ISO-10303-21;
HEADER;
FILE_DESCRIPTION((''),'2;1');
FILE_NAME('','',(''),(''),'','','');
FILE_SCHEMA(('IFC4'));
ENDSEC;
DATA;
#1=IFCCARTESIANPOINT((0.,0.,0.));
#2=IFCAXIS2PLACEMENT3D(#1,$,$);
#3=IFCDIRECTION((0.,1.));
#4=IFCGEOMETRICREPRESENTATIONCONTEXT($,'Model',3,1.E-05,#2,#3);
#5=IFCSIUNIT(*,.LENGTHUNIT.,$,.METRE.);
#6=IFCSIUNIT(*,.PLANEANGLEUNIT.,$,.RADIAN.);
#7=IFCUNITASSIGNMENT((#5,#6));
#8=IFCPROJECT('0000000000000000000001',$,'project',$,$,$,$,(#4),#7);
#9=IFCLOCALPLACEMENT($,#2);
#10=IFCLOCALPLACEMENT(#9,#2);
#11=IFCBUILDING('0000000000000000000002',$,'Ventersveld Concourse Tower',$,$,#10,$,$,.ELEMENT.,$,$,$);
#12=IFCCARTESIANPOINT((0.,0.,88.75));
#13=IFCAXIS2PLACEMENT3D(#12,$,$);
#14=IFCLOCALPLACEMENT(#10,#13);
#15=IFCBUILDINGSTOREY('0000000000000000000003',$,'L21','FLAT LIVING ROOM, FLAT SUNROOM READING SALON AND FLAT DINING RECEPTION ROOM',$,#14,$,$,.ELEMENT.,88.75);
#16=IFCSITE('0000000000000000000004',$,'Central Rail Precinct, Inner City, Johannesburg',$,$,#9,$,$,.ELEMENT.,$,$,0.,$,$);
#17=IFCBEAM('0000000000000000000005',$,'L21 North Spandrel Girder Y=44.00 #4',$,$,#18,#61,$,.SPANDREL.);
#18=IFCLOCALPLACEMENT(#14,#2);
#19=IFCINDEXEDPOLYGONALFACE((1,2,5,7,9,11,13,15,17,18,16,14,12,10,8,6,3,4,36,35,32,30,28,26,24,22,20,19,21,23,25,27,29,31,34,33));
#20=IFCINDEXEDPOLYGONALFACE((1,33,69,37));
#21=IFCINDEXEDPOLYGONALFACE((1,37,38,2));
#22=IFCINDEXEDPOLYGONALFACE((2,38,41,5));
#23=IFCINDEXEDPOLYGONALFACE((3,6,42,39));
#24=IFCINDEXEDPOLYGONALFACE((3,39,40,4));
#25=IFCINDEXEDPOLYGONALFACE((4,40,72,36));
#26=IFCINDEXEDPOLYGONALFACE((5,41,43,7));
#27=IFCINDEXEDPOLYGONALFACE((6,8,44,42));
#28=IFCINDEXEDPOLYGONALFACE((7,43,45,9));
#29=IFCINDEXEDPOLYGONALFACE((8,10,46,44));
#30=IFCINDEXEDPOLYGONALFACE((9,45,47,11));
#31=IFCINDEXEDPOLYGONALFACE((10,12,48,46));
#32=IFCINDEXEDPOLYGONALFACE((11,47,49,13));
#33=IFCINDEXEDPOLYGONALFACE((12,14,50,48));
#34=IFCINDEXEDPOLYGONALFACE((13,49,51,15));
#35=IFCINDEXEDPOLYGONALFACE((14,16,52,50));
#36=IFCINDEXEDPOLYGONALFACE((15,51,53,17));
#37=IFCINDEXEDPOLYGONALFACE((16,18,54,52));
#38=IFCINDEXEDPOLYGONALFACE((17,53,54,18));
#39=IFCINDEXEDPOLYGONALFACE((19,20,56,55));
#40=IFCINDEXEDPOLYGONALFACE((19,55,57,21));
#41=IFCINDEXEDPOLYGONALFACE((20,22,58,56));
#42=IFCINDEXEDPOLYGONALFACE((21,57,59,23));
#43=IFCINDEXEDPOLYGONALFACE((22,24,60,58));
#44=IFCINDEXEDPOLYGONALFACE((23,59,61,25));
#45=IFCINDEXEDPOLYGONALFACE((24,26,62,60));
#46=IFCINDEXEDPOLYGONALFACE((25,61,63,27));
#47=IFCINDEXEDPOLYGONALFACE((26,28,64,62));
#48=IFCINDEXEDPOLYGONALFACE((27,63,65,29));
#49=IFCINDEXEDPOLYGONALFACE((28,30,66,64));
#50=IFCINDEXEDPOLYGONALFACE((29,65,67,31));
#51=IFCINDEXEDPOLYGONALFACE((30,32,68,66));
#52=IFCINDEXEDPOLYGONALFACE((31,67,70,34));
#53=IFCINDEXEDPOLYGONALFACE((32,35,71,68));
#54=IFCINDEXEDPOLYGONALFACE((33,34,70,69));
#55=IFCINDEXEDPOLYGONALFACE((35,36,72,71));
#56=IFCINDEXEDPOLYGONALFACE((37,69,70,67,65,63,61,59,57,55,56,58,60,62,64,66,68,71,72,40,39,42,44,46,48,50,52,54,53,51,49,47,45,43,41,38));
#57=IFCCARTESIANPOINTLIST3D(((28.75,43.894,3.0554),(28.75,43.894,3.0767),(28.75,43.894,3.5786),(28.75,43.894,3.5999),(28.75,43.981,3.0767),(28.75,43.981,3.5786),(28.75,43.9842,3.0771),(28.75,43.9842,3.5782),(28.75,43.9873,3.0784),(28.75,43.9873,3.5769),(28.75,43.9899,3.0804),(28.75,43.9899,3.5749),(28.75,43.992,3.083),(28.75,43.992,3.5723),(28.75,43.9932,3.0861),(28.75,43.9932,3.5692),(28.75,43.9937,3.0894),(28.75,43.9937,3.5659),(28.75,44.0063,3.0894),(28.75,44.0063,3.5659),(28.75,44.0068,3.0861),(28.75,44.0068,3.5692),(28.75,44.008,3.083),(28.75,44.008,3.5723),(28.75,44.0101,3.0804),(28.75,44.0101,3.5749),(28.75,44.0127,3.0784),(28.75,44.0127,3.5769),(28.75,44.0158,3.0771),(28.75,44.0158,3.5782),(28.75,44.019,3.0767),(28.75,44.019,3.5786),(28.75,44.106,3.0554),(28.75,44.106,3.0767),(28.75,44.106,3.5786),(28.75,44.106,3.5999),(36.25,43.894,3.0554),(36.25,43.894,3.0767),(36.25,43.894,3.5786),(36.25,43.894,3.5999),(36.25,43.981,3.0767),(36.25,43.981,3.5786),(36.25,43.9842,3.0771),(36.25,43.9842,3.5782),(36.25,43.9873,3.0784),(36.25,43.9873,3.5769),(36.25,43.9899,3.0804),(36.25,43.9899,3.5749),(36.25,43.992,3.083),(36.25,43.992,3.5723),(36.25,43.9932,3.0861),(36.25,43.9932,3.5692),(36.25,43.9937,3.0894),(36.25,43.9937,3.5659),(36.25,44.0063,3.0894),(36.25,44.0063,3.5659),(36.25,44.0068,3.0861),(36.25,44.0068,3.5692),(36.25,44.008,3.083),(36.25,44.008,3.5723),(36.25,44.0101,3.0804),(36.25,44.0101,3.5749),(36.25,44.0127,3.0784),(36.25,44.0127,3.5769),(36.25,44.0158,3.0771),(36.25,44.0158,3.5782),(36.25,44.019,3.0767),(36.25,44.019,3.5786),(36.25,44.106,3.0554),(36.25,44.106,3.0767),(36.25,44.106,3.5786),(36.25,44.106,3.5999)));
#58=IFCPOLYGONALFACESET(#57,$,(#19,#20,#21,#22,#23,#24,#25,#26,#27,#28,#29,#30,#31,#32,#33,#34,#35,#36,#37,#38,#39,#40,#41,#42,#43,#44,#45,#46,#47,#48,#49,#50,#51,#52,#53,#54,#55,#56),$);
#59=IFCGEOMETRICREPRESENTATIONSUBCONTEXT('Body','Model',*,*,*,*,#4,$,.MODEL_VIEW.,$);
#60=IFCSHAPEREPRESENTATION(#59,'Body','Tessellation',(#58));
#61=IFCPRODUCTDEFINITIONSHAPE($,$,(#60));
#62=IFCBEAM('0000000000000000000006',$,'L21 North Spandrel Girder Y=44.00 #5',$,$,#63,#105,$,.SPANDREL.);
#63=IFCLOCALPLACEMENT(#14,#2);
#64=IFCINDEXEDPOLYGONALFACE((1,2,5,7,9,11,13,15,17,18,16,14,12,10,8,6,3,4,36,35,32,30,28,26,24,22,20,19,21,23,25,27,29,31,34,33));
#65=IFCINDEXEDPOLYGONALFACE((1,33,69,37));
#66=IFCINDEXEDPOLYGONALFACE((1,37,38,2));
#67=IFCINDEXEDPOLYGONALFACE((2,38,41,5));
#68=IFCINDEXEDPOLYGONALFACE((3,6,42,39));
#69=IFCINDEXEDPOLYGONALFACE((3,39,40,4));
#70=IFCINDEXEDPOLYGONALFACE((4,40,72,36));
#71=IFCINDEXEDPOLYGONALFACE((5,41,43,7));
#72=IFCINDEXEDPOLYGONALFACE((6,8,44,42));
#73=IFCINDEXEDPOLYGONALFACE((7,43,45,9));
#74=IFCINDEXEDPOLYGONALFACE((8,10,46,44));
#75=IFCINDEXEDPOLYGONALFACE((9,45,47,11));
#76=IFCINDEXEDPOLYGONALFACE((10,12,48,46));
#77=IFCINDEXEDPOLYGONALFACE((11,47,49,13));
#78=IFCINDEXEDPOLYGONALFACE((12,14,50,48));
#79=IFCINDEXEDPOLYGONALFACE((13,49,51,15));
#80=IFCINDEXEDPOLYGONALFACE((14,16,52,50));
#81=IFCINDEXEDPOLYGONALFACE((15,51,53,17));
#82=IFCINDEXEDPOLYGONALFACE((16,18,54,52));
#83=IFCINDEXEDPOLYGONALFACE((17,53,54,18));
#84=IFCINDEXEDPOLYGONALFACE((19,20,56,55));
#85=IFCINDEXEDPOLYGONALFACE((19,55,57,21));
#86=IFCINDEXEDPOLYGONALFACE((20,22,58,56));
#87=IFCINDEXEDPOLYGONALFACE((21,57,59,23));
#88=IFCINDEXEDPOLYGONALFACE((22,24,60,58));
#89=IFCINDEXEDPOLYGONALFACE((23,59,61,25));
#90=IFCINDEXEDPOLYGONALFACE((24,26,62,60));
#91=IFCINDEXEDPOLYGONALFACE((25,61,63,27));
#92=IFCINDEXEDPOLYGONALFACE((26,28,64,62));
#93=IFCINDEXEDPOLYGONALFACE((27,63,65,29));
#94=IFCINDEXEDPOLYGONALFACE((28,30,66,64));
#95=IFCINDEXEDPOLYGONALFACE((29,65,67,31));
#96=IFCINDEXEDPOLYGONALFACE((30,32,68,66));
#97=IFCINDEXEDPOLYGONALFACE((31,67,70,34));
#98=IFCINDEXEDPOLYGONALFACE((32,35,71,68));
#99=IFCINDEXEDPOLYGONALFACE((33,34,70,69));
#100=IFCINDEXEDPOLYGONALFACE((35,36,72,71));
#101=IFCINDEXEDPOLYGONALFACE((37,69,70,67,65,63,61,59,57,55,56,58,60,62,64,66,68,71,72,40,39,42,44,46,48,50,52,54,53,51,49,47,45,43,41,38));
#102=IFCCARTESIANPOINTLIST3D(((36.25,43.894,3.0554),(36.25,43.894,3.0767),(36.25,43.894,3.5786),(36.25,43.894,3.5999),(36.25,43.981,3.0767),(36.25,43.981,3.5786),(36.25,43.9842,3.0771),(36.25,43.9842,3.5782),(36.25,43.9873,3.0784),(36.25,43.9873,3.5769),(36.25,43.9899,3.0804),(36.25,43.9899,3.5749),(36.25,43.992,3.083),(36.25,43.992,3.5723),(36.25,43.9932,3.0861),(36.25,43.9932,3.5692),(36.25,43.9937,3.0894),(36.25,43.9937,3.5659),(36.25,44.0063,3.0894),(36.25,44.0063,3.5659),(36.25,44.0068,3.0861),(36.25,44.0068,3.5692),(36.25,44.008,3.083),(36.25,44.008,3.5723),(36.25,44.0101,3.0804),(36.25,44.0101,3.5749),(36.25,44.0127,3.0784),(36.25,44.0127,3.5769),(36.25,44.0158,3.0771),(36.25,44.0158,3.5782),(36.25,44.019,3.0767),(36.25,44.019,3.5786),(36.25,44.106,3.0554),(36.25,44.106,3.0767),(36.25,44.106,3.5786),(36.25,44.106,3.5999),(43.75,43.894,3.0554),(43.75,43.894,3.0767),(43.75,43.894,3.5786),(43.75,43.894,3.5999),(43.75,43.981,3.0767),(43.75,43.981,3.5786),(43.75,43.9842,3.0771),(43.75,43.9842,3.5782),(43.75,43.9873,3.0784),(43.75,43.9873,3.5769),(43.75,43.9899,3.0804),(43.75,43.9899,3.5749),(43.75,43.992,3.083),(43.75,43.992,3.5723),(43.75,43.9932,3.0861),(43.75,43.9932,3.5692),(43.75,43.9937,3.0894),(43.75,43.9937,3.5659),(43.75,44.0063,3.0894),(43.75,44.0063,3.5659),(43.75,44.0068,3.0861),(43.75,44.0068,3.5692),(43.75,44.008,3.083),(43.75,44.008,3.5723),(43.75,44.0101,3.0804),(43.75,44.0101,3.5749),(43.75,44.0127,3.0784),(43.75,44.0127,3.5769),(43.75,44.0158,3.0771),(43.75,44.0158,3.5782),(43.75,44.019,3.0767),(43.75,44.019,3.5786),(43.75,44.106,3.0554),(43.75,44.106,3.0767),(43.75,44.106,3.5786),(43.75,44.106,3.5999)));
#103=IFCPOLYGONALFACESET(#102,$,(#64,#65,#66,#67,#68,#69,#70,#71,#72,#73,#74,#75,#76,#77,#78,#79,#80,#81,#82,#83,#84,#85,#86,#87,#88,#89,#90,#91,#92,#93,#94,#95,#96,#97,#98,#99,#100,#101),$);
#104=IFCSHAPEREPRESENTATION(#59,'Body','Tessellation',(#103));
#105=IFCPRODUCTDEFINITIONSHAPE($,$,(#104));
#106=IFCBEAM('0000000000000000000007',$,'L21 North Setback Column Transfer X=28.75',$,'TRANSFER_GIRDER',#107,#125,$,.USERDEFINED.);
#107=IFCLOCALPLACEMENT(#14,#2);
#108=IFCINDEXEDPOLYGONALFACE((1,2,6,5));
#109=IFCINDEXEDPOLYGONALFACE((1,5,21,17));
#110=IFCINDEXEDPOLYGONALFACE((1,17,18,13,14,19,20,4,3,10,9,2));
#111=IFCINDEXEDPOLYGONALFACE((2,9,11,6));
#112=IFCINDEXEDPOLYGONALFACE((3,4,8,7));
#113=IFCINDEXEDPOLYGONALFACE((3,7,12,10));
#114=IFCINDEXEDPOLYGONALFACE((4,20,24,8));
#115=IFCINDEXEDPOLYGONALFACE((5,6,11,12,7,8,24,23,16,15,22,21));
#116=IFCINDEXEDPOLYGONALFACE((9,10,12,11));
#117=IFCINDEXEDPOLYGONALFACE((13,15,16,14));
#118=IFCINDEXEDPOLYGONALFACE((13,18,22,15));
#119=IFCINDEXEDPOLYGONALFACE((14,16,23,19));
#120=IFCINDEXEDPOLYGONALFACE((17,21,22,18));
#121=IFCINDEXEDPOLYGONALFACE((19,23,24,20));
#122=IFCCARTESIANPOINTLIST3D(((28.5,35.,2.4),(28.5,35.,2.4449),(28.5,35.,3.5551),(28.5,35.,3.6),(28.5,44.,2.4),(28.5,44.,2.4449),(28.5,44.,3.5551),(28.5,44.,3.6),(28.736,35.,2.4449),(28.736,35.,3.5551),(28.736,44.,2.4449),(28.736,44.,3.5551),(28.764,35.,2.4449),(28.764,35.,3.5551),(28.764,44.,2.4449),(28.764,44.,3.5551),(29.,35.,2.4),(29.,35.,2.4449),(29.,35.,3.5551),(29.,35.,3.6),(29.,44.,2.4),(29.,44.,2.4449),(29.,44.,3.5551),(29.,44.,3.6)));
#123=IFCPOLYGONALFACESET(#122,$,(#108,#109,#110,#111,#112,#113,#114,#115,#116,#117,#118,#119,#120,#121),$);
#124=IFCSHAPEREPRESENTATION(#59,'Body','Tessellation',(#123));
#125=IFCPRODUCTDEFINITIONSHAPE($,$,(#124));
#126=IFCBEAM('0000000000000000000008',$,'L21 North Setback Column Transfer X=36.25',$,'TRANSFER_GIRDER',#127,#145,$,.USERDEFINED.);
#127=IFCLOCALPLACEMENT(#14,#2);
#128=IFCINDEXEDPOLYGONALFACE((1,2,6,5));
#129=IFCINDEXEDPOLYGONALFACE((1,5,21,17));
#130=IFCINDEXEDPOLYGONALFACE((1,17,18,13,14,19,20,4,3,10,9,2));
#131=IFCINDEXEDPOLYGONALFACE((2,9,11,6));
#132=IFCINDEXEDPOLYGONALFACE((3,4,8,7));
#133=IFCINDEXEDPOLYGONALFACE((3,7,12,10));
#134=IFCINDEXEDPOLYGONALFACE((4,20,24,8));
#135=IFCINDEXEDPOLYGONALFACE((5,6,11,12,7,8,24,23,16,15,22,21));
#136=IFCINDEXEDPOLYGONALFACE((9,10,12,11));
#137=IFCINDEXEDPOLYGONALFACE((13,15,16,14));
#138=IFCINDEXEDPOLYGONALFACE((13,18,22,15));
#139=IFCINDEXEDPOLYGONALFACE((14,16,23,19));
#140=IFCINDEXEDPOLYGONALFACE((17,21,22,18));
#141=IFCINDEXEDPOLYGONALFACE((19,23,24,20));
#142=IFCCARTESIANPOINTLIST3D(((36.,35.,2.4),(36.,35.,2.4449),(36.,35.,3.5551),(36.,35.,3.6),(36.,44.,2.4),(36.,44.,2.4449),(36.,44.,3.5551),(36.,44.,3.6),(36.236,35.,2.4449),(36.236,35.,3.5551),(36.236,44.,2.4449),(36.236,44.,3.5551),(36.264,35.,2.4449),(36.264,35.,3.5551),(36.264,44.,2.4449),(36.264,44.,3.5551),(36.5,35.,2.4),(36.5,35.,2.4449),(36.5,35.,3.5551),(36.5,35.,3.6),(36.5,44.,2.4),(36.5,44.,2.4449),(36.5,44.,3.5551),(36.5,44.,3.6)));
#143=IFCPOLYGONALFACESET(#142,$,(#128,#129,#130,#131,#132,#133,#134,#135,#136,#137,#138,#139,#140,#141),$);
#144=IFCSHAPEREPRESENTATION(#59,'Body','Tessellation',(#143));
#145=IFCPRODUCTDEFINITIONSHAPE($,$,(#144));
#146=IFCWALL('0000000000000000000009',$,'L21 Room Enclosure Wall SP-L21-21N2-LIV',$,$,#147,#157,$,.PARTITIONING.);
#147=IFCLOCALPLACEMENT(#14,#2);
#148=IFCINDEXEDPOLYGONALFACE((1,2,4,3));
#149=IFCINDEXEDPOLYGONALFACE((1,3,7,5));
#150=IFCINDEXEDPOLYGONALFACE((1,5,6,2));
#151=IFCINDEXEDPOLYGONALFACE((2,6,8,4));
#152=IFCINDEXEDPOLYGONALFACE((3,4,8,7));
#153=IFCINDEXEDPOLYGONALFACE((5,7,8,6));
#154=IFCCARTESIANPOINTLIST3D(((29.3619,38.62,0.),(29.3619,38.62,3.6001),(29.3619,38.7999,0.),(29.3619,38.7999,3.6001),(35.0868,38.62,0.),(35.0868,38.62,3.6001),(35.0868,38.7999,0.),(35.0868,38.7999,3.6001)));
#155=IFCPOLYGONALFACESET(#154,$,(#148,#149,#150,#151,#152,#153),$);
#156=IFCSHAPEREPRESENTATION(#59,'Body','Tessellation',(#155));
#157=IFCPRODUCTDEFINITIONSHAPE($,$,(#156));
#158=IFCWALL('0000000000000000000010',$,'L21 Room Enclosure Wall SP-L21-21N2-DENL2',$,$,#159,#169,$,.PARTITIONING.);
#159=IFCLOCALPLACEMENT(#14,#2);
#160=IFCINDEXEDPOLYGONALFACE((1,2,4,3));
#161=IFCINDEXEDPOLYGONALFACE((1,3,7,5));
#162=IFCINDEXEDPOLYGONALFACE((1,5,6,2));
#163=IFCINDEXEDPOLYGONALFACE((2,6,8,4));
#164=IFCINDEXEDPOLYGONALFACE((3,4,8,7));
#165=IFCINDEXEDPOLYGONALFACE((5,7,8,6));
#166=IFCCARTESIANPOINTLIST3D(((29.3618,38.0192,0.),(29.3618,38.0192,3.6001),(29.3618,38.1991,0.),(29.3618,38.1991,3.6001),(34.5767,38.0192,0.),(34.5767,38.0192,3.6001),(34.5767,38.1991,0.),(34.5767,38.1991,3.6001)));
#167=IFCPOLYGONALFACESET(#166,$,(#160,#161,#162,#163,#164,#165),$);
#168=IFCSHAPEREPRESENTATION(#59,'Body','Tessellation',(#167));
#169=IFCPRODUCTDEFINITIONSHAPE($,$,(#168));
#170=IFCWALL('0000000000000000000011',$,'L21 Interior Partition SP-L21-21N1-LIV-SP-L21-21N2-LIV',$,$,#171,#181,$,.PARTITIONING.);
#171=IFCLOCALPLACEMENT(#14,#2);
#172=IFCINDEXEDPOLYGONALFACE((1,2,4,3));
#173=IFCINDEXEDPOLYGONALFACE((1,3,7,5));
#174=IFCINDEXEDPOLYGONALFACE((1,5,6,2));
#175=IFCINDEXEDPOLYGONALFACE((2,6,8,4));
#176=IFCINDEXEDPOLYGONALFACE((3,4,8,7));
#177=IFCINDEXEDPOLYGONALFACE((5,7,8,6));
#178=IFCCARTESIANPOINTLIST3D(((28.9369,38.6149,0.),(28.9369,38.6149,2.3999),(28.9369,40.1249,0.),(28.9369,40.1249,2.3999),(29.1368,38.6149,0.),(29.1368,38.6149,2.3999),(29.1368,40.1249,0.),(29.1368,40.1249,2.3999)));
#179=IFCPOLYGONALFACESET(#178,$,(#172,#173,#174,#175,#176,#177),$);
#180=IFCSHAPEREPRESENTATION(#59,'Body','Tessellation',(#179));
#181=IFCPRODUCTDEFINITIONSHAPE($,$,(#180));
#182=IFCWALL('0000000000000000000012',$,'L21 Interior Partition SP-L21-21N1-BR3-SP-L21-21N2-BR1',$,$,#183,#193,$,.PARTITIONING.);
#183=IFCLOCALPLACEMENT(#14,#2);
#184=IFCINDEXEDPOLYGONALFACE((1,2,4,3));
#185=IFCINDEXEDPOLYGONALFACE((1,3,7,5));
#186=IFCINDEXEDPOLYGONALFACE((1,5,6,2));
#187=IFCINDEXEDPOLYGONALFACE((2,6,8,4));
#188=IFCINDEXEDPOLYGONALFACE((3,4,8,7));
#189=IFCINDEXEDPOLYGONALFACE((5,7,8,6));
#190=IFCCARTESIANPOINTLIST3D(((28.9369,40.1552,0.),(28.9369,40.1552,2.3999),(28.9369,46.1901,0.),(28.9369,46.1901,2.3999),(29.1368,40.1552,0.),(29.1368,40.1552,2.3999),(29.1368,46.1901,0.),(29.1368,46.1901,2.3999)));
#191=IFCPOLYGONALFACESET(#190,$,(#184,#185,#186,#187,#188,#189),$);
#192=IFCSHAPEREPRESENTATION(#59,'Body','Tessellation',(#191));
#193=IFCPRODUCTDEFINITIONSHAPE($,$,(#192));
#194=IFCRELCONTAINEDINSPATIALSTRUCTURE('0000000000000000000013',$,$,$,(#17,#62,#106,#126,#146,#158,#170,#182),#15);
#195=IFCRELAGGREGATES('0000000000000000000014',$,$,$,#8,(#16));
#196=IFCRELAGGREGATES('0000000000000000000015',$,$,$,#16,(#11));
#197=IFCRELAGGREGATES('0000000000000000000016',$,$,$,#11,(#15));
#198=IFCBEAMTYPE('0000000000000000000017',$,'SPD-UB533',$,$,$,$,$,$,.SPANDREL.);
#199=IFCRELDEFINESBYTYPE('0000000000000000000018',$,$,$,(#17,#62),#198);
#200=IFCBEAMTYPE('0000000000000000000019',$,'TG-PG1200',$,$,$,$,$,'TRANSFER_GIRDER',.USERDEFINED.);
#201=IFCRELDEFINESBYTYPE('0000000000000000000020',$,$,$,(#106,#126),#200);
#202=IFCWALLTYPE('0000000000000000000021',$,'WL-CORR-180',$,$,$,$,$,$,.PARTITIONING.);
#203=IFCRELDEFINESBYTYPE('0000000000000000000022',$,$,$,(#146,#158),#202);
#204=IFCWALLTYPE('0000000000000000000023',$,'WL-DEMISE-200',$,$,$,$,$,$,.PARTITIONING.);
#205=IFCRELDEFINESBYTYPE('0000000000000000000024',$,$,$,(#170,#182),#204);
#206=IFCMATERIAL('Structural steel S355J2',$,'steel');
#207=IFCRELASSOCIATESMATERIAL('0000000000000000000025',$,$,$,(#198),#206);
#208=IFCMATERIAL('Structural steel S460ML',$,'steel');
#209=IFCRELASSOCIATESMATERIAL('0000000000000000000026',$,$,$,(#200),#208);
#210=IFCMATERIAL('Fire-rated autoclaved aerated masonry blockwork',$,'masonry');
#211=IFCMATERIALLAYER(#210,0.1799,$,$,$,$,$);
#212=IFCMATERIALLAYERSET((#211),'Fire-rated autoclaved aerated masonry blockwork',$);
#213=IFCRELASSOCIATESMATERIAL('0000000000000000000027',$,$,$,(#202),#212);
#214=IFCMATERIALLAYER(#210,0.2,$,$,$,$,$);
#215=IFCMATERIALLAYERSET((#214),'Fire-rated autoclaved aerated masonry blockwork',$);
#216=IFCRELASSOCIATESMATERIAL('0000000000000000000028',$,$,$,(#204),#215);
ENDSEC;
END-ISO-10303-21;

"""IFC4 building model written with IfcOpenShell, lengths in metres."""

from ifc_helpers import new_model, si_unit, direction, frame, frame_2d, origin, origin_2d, place, context, subcontext, project, spatial, rectangle, i_section, extrude, material, layer, layer_set, material_profile, profile_set, type_object, element, save


model = new_model("IFC4")

# Units and contexts
model_context = context("Model", 3, precision=1e-05, world=origin(), true_north=direction((0.0, 1.0)))
body_context = subcontext(model_context, "Body", "Model", "MODEL_VIEW")
ifc_project = project(units=[si_unit("LENGTHUNIT", "METRE"), si_unit("PLANEANGLEUNIT", "RADIAN")], contexts=[model_context])

# Site, building, storey
site_placement = place(None, origin())
site = spatial("IfcSite", under=ifc_project, at=site_placement, Name="Central Rail Precinct, Inner City, Johannesburg", CompositionType="ELEMENT", RefElevation=0.0)
building_placement = place(site_placement, origin())
building = spatial("IfcBuilding", under=site, at=building_placement, Name="Ventersveld Concourse Tower", CompositionType="ELEMENT")
storey_placement = place(building_placement, frame((0.0, 0.0, 88.75)))
storey = spatial("IfcBuildingStorey", under=building, at=storey_placement, Name="L21", Description="FLAT LIVING ROOM, FLAT SUNROOM READING SALON AND FLAT DINING RECEPTION ROOM", CompositionType="ELEMENT", Elevation=88.75)

# Beams
ifc_material_1 = material(Name="Structural steel S355J2", Category="steel")
ifc_material_profile_1 = material_profile(ifc_material_1, i_section(OverallWidth=0.2119, OverallDepth=0.5444, WebThickness=0.0127, FlangeThickness=0.0212, FilletRadius=0.0127, at=origin_2d()), Name="UB 533x210x122")
ifc_profile_set_1 = profile_set([ifc_material_profile_1], Name="Structural steel S355J2")
beam_type_1 = type_object("IfcBeamType", Name="SPD-UB533", PredefinedType="SPANDREL", material=ifc_profile_set_1)
for number, where, z_axis, x_axis, name in (
    (1, (28.75, 44.0, 3.3276), (1.0, 0.0, 0.0), (0.0, 1.0, 0.0), "L21 North Spandrel Girder Y=44.00 #4"),
    (2, (36.25, 44.0, 3.3276), (1.0, 0.0, 0.0), (0.0, 1.0, 0.0), "L21 North Spandrel Girder Y=44.00 #5"),
):
    element("IfcBeam", number, at=place(storey_placement, frame(where, z_axis=z_axis, x_axis=x_axis)), inside=storey, type_object=beam_type_1, Name=name, PredefinedType="SPANDREL", context=body_context, shape_type="SweptSolid", body=[
        extrude(i_section(OverallWidth=0.2119, OverallDepth=0.5444, WebThickness=0.0127, FlangeThickness=0.0212, FilletRadius=0.0127, at=origin_2d()), origin(), (0.0, 0.0, 1.0), 7.5),
    ])
ifc_material_2 = material(Name="Structural steel S460ML", Category="steel")
ifc_material_profile_2 = material_profile(ifc_material_2, i_section(OverallWidth=0.5, OverallDepth=1.2, WebThickness=0.0281, FlangeThickness=0.0449, at=origin_2d()), Name="PG 1200x500x45")
ifc_profile_set_2 = profile_set([ifc_material_profile_2], Name="Structural steel S460ML")
beam_type_2 = type_object("IfcBeamType", Name="TG-PG1200", ElementType="TRANSFER_GIRDER", PredefinedType="USERDEFINED", material=ifc_profile_set_2)
for number, where, z_axis, x_axis, name in (
    (3, (28.75, 35.0, 3.0), (0.0, 1.0, 0.0), (-1.0, 0.0, 0.0), "L21 North Setback Column Transfer X=28.75"),
    (4, (36.25, 35.0, 3.0), (0.0, 1.0, 0.0), (-1.0, 0.0, 0.0), "L21 North Setback Column Transfer X=36.25"),
):
    element("IfcBeam", number, at=place(storey_placement, frame(where, z_axis=z_axis, x_axis=x_axis)), inside=storey, type_object=beam_type_2, Name=name, ObjectType="TRANSFER_GIRDER", PredefinedType="USERDEFINED", context=body_context, shape_type="SweptSolid", body=[
        extrude(i_section(OverallWidth=0.5, OverallDepth=1.2, WebThickness=0.0281, FlangeThickness=0.0449, at=origin_2d()), origin(), (0.0, 0.0, 1.0), 9.0),
    ])

# Walls
ifc_material_3 = material(Name="Fire-rated autoclaved aerated masonry blockwork", Category="masonry")
ifc_layer_1 = layer(ifc_material_3, 0.1799)
ifc_layer_set_1 = layer_set([ifc_layer_1], Name="Fire-rated autoclaved aerated masonry blockwork")
wall_type_1 = type_object("IfcWallType", Name="WL-CORR-180", PredefinedType="PARTITIONING", material=ifc_layer_set_1)
wall_1_placement = place(storey_placement, frame((35.0867, 38.71, 0.0), z_axis=(0.0, 0.0, 1.0), x_axis=(-1.0, 0.0, 0.0)))
element("IfcWall", 5, at=wall_1_placement, inside=storey, type_object=wall_type_1, Name="L21 Room Enclosure Wall SP-L21-21N2-LIV", PredefinedType="PARTITIONING", context=body_context, shape_type="SweptSolid", body=[
    extrude(rectangle(XDim=5.7249, YDim=0.1799, at=frame_2d((2.8623, 0.0))), origin(), (0.0, 0.0, 1.0), 3.6001),
])
wall_2_placement = place(storey_placement, frame((29.3618, 38.1091, 0.0), z_axis=(0.0, 0.0, 1.0), x_axis=(1.0, 0.0, 0.0)))
element("IfcWall", 6, at=wall_2_placement, inside=storey, type_object=wall_type_1, Name="L21 Room Enclosure Wall SP-L21-21N2-DENL2", PredefinedType="PARTITIONING", context=body_context, shape_type="SweptSolid", body=[
    extrude(rectangle(XDim=5.2148, YDim=0.1799, at=frame_2d((2.6074, 0.0))), origin(), (0.0, 0.0, 1.0), 3.6001),
])
ifc_layer_2 = layer(ifc_material_3, 0.2)
ifc_layer_set_2 = layer_set([ifc_layer_2], Name="Fire-rated autoclaved aerated masonry blockwork")
wall_type_2 = type_object("IfcWallType", Name="WL-DEMISE-200", PredefinedType="PARTITIONING", material=ifc_layer_set_2)
wall_3_placement = place(storey_placement, frame((29.0369, 38.615, 0.0), z_axis=(0.0, 0.0, 1.0), x_axis=(0.0, 1.0, 0.0)))
element("IfcWall", 7, at=wall_3_placement, inside=storey, type_object=wall_type_2, Name="L21 Interior Partition SP-L21-21N1-LIV-SP-L21-21N2-LIV", PredefinedType="PARTITIONING", context=body_context, shape_type="SweptSolid", body=[
    extrude(rectangle(XDim=1.51, YDim=0.2, at=frame_2d((0.7549, 0.0))), origin(), (0.0, 0.0, 1.0), 2.3999),
])
wall_4_placement = place(storey_placement, frame((29.0369, 40.155, 0.0), z_axis=(0.0, 0.0, 1.0), x_axis=(0.0, 1.0, 0.0)))
element("IfcWall", 8, at=wall_4_placement, inside=storey, type_object=wall_type_2, Name="L21 Interior Partition SP-L21-21N1-BR3-SP-L21-21N2-BR1", PredefinedType="PARTITIONING", context=body_context, shape_type="SweptSolid", body=[
    extrude(rectangle(XDim=6.0349, YDim=0.2, at=frame_2d((3.0176, 0.0))), origin(), (0.0, 0.0, 1.0), 2.3999),
])

save(model, "model.ifc")
